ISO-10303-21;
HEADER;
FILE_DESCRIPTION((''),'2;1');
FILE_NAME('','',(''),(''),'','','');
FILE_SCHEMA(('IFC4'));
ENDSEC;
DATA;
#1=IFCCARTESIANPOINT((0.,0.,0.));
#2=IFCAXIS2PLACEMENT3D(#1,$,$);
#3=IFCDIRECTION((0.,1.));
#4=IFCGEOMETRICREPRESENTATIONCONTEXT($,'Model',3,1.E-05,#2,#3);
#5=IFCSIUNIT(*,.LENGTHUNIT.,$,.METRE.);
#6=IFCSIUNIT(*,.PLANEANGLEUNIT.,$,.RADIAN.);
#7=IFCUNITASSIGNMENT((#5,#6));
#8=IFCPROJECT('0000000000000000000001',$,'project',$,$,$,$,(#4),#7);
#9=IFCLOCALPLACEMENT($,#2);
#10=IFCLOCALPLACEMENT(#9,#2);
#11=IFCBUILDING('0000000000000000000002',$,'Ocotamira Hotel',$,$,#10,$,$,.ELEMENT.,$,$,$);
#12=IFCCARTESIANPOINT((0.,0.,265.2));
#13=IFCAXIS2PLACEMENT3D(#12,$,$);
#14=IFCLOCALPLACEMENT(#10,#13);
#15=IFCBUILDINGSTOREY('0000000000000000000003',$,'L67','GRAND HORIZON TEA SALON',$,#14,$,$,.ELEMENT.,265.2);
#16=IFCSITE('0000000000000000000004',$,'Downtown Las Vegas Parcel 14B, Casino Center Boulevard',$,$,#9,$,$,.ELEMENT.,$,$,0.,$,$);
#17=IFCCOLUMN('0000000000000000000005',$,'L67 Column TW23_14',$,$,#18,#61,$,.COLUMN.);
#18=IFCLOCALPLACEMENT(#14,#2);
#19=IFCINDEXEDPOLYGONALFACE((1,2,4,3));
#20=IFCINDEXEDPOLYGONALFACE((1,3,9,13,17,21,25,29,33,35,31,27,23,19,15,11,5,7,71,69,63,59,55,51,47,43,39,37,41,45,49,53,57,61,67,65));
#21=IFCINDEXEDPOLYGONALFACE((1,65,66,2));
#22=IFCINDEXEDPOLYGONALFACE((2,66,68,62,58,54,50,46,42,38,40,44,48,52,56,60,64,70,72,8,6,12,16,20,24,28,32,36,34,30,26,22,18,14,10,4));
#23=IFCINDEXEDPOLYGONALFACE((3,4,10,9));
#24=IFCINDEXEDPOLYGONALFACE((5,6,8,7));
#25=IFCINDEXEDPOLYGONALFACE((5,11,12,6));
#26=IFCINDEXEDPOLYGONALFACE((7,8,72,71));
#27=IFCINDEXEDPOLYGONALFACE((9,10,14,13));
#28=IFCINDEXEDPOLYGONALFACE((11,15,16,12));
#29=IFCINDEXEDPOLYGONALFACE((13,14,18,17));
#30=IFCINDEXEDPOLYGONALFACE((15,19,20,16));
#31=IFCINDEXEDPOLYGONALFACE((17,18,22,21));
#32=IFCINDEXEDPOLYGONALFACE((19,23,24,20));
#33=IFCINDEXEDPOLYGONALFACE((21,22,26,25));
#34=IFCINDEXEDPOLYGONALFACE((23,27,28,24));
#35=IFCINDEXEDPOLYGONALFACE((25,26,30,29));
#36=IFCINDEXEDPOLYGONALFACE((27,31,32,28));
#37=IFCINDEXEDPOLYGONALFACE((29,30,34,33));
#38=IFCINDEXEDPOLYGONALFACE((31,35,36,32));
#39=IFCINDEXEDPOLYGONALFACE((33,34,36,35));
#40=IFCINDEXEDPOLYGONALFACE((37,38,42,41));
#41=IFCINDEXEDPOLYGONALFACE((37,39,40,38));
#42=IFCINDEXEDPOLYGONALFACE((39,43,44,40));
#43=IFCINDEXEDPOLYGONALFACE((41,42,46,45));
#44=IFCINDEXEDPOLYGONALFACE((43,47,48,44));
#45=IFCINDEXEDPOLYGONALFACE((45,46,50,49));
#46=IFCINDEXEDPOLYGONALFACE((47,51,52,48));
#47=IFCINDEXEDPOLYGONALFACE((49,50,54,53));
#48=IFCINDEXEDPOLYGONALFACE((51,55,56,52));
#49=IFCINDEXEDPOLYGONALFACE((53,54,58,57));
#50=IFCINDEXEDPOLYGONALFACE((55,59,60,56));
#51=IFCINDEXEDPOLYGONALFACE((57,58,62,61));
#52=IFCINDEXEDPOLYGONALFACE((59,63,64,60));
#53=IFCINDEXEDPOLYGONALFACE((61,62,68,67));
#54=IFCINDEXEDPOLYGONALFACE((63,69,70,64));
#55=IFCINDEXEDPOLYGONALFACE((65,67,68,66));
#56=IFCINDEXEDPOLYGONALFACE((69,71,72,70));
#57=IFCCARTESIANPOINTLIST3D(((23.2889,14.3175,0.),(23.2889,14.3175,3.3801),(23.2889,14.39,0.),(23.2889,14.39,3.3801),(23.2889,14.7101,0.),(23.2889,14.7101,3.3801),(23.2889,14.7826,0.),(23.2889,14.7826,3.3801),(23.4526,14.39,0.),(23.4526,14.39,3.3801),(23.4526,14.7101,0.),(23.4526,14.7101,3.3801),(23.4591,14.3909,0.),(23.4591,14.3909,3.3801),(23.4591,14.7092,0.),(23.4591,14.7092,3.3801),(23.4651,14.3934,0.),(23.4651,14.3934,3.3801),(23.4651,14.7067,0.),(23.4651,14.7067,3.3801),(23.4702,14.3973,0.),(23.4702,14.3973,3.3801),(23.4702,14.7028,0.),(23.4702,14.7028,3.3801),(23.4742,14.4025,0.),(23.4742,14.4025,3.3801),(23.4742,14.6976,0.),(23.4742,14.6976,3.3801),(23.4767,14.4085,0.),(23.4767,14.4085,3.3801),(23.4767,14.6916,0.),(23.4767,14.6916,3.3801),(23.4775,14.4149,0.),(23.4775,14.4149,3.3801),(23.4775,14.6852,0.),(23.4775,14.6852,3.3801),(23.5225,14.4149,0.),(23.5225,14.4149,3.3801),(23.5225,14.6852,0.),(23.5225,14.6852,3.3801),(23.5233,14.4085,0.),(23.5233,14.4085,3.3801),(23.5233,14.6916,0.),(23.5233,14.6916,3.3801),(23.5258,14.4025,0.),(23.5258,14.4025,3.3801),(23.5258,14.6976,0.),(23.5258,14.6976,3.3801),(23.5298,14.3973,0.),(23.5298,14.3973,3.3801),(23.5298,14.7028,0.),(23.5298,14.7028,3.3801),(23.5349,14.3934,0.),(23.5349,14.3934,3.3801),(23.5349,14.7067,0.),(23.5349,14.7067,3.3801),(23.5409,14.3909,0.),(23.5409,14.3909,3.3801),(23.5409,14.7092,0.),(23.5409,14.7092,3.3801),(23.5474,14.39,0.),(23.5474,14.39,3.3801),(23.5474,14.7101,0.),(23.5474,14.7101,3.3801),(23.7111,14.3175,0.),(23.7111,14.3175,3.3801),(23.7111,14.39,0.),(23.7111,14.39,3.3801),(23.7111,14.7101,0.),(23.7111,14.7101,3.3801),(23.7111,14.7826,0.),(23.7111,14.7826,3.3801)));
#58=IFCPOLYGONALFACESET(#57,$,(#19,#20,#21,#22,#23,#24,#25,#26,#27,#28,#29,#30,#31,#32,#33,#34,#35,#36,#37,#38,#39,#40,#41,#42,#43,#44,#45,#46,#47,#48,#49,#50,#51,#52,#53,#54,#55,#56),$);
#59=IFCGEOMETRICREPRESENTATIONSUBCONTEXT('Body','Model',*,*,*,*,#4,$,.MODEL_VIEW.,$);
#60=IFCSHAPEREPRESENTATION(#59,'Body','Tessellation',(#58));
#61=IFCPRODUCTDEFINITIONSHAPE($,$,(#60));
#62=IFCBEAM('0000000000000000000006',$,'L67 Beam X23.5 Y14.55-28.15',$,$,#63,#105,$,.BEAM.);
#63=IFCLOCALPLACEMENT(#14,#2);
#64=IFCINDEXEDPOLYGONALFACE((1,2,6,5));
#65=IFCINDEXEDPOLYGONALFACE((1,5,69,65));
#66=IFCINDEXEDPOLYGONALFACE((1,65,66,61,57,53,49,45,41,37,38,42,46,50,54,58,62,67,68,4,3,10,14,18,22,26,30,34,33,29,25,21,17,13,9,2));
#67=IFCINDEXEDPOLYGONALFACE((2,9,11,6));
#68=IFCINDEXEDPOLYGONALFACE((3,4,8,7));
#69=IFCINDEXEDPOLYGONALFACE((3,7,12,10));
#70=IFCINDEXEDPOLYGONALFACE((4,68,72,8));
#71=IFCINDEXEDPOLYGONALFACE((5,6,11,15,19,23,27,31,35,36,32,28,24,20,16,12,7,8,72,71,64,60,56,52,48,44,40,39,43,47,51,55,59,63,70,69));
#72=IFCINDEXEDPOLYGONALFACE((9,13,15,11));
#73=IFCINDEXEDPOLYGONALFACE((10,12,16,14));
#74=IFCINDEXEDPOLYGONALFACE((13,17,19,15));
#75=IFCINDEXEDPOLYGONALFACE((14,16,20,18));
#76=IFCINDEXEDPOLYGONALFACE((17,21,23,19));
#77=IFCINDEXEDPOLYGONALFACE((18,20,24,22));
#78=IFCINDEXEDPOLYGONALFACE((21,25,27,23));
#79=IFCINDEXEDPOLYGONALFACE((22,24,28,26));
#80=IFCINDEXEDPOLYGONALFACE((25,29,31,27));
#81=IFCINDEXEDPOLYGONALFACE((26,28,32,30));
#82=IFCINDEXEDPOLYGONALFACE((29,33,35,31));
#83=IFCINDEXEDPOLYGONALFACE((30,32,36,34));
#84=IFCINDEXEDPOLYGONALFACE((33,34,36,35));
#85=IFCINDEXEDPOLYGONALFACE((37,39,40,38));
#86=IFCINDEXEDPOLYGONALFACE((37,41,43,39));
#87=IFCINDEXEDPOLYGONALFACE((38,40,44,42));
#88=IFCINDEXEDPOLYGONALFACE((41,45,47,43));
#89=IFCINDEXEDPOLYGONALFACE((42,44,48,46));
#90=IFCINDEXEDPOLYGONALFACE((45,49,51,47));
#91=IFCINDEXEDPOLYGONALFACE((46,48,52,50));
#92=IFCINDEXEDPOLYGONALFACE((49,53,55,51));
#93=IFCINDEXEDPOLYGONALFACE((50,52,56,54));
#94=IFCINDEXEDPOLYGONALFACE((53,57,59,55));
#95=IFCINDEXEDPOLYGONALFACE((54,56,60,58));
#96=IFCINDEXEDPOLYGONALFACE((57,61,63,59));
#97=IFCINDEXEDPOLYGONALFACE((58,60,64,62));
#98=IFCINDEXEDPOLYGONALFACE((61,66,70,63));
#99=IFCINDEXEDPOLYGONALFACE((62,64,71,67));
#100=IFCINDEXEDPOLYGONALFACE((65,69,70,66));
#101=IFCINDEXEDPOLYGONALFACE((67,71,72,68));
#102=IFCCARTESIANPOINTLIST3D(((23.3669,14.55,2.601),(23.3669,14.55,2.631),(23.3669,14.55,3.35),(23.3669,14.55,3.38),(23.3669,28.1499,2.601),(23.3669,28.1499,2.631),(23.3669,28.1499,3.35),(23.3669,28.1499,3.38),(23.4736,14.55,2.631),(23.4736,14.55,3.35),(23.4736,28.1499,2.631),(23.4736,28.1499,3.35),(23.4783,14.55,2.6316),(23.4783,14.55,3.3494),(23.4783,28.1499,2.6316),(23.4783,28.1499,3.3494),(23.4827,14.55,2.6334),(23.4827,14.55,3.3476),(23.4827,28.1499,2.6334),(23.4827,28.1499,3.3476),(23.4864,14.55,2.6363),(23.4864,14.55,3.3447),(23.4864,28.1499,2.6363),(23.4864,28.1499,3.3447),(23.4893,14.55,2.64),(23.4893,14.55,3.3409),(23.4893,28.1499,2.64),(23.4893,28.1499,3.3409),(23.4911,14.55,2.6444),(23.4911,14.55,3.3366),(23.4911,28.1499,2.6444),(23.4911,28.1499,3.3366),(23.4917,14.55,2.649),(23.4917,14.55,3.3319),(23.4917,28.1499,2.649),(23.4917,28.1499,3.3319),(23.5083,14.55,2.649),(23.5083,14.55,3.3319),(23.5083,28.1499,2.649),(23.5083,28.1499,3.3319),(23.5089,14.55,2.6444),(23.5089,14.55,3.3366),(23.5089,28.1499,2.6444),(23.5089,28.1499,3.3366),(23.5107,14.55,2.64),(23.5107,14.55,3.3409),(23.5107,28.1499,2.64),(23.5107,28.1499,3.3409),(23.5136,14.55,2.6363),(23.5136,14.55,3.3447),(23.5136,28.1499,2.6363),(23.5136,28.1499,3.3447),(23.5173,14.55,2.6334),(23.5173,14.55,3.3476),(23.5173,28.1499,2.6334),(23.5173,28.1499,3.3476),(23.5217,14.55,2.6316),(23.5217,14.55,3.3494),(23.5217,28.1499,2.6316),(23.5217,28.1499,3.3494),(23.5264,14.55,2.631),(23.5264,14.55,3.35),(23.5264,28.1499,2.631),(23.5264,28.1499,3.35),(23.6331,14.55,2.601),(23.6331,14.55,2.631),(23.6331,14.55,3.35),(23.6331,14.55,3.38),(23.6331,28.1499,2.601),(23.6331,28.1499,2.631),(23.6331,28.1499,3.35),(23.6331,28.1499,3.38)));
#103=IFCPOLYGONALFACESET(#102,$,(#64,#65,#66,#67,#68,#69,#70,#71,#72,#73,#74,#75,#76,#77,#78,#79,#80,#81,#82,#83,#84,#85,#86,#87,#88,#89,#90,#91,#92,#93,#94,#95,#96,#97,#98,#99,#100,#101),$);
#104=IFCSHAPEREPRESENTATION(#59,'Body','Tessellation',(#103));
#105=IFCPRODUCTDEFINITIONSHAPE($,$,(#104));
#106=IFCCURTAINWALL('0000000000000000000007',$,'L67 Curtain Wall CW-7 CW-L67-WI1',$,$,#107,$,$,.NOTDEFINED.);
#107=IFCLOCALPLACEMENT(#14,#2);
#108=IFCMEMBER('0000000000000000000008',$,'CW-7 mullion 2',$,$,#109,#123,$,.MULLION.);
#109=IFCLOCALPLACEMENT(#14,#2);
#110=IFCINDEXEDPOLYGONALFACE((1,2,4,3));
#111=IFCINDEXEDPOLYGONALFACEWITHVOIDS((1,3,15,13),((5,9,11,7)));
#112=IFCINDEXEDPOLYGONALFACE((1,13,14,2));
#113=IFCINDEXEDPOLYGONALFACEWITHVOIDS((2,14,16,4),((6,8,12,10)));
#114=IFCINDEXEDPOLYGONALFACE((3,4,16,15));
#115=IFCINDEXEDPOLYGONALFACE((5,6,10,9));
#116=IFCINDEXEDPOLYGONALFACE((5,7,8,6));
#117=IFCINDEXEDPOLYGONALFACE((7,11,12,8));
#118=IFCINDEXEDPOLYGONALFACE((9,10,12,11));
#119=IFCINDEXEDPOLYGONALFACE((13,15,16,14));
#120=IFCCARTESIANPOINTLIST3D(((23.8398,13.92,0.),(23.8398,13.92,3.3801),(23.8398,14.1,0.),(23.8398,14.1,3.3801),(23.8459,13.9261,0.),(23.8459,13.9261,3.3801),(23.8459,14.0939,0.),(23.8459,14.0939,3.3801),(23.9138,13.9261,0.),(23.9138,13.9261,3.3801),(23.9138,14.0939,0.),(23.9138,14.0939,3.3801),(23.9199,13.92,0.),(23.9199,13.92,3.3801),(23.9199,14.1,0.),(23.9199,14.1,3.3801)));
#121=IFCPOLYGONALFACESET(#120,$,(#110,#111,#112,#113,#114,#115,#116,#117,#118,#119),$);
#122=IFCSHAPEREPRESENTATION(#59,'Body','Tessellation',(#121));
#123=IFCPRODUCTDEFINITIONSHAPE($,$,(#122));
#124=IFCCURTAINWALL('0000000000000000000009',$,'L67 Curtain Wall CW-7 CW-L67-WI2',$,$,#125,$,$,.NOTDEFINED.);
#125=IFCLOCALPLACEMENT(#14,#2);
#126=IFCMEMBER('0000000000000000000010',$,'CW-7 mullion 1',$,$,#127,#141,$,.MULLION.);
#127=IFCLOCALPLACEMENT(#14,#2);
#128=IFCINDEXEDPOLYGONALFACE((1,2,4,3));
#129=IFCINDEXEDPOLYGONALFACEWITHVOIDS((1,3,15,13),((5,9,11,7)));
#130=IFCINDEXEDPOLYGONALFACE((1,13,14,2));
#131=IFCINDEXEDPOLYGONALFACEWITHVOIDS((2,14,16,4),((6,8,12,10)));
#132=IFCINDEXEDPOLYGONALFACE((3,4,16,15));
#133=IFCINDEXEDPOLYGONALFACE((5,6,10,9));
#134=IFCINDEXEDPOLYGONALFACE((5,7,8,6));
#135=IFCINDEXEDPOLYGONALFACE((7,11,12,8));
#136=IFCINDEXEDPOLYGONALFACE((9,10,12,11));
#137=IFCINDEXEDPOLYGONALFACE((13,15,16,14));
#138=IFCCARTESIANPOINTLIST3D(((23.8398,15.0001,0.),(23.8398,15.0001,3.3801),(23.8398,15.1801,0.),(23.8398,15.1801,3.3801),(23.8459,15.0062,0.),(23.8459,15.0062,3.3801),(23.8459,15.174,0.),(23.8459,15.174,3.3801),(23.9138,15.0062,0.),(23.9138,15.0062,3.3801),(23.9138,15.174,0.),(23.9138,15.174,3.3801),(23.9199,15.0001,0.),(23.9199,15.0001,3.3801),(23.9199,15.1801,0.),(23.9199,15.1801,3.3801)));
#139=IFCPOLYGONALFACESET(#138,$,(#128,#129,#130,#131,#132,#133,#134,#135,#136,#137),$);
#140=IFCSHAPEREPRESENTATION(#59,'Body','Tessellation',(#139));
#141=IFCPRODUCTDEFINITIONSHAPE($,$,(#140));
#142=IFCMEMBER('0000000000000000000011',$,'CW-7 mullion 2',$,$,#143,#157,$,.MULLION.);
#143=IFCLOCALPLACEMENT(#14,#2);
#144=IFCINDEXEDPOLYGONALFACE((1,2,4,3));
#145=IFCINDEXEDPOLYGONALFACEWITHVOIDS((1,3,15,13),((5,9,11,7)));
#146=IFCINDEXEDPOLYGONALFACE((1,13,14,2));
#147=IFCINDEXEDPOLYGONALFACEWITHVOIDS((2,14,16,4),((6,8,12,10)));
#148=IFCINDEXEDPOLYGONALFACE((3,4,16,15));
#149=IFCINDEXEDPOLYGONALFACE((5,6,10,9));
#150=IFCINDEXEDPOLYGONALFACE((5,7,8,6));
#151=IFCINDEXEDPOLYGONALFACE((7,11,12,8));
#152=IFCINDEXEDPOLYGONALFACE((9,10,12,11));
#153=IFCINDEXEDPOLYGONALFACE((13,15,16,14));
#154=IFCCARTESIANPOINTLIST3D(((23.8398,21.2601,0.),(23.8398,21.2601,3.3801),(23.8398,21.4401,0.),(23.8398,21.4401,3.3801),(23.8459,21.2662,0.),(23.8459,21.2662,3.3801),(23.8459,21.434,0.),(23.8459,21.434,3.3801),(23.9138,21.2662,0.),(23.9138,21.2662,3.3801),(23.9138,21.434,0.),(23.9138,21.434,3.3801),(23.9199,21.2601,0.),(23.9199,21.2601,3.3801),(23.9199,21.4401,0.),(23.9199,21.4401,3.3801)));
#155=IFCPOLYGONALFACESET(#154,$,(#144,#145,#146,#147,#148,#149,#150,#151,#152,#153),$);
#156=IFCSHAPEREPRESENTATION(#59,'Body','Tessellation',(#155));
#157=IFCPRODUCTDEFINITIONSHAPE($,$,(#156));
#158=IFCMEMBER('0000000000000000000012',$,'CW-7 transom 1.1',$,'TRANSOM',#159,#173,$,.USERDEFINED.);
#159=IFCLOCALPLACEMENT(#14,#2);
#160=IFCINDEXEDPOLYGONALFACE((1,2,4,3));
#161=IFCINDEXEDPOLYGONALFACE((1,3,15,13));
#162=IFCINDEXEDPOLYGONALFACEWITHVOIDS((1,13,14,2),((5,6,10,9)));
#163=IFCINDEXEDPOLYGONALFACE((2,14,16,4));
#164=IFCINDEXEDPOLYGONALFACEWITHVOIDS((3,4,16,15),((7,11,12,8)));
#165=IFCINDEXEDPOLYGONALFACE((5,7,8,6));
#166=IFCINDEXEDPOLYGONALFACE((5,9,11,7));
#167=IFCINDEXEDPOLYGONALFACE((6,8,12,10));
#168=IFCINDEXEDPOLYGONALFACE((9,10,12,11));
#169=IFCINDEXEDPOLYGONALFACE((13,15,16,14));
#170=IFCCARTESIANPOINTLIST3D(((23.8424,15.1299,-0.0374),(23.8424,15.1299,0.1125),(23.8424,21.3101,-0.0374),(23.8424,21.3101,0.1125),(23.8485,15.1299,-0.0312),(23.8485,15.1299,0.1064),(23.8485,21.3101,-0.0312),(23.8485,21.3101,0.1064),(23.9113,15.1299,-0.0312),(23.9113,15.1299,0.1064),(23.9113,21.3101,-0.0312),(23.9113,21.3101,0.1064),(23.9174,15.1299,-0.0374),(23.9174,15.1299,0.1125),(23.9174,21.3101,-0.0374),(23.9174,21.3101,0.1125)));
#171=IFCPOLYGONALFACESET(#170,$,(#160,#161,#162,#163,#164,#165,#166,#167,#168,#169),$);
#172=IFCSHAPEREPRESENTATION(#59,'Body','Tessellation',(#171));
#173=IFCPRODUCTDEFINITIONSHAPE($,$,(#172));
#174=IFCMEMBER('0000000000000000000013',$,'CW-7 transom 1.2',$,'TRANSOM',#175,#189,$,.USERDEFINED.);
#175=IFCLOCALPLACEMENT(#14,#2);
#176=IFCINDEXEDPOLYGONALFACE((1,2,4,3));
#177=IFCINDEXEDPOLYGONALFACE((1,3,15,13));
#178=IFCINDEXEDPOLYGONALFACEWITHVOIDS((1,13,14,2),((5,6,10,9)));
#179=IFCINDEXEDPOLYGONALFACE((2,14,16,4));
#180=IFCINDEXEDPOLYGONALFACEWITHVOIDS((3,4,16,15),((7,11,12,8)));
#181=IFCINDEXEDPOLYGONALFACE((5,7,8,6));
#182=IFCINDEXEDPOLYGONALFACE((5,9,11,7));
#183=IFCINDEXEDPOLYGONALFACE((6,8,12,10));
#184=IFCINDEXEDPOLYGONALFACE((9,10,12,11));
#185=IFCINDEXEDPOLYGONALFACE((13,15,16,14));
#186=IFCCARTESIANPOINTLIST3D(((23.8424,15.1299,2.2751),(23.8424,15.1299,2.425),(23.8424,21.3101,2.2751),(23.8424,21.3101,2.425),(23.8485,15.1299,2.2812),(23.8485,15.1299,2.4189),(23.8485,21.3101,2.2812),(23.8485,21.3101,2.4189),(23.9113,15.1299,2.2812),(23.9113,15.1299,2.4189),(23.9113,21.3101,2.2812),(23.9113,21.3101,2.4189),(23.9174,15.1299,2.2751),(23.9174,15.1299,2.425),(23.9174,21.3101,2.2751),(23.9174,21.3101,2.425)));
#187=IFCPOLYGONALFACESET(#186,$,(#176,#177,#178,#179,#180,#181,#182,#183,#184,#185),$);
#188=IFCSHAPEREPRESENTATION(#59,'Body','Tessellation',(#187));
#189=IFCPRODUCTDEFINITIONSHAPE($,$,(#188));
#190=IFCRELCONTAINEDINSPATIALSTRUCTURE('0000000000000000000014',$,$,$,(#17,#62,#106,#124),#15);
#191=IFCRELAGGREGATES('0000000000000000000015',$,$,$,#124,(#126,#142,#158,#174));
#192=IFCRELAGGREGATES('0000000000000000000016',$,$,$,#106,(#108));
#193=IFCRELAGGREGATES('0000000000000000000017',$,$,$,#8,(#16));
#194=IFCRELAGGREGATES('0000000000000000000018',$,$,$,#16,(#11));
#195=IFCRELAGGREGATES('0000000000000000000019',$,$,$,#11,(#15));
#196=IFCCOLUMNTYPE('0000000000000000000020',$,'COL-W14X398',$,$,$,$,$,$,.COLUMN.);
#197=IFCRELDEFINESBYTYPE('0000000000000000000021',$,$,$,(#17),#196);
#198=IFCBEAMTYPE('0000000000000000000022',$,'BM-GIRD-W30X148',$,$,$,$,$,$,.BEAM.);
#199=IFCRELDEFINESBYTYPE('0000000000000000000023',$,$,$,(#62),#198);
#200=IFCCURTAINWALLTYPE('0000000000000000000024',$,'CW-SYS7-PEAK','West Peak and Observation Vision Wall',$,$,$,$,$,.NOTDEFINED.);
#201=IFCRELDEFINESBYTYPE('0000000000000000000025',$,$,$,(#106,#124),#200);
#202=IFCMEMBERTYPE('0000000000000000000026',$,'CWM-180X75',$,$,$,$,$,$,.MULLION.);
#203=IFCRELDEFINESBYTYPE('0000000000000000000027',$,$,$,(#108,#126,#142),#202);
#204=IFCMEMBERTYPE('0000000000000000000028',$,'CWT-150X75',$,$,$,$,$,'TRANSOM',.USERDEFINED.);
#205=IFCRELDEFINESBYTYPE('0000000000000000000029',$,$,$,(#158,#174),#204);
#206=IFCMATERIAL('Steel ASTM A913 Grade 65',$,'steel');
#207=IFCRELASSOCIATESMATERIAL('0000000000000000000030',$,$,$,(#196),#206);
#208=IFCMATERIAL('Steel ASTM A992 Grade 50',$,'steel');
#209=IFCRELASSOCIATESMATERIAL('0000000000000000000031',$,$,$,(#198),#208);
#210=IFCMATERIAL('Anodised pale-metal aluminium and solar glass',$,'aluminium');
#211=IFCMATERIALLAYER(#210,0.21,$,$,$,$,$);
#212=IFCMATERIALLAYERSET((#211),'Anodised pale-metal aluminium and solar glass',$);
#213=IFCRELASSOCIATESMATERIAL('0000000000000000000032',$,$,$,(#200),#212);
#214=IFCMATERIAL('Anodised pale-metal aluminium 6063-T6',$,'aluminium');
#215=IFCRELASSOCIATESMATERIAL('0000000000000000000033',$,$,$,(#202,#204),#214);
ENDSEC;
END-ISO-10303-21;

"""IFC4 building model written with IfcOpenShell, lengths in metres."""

from ifc_helpers import new_model, si_unit, direction, frame, origin, origin_2d, place, context, subcontext, project, spatial, hollow_rectangle, i_section, extrude, source, transform, mapped, material, layer, layer_set, material_profile, profile_set, type_object, element, aggregate, save


model = new_model("IFC4")

# Units and contexts
model_context = context("Model", 3, precision=1e-05, world=origin(), true_north=direction((0.0, 1.0)))
body_context = subcontext(model_context, "Body", "Model", "MODEL_VIEW")
ifc_project = project(units=[si_unit("LENGTHUNIT", "METRE"), si_unit("PLANEANGLEUNIT", "RADIAN")], contexts=[model_context])

# Site, building, storey
site_placement = place(None, origin())
site = spatial("IfcSite", under=ifc_project, at=site_placement, Name="Downtown Las Vegas Parcel 14B, Casino Center Boulevard", CompositionType="ELEMENT", RefElevation=0.0)
building_placement = place(site_placement, origin())
building = spatial("IfcBuilding", under=site, at=building_placement, Name="Ocotamira Hotel", CompositionType="ELEMENT")
storey_placement = place(building_placement, frame((0.0, 0.0, 265.2)))
storey = spatial("IfcBuildingStorey", under=building, at=storey_placement, Name="L67", Description="GRAND HORIZON TEA SALON", CompositionType="ELEMENT", Elevation=265.2)

# Column
ifc_material_1 = material(Name="Steel ASTM A913 Grade 65", Category="steel")
ifc_material_profile_1 = material_profile(ifc_material_1, i_section(OverallWidth=0.4221, OverallDepth=0.4651, WebThickness=0.0449, FlangeThickness=0.0725, FilletRadius=0.0249, at=origin_2d()), Name="W14X398")
ifc_profile_set_1 = profile_set([ifc_material_profile_1], Name="Steel ASTM A913 Grade 65")
column_type = type_object("IfcColumnType", Name="COL-W14X398", PredefinedType="COLUMN", material=ifc_profile_set_1)
shared_shape_1 = source(origin(), body_context, "Body", "SweptSolid", [
    extrude(i_section(OverallWidth=0.4221, OverallDepth=0.4651, WebThickness=0.0449, FlangeThickness=0.0725, FilletRadius=0.0249, at=origin_2d()), origin(), (0.0, 0.0, 1.0), 3.3801),
])
column_placement = place(storey_placement, frame((23.5, 14.55, 0.0), z_axis=(0.0, 0.0, 1.0), x_axis=(1.0, 0.0, 0.0)))
element("IfcColumn", 1, at=column_placement, inside=storey, type_object=column_type, Name="L67 Column TW23_14", PredefinedType="COLUMN", context=body_context, shape_type="MappedRepresentation", body=[
    mapped(shared_shape_1, transform((0.0, 0.0, 0.0), scale=1.0)),
])

# Beam
ifc_material_2 = material(Name="Steel ASTM A992 Grade 50", Category="steel")
ifc_material_profile_2 = material_profile(ifc_material_2, i_section(OverallWidth=0.2661, OverallDepth=0.7791, WebThickness=0.0166, FlangeThickness=0.03, FilletRadius=0.0181, at=origin_2d()), Name="W30X148")
ifc_profile_set_2 = profile_set([ifc_material_profile_2], Name="Steel ASTM A992 Grade 50")
beam_type = type_object("IfcBeamType", Name="BM-GIRD-W30X148", PredefinedType="BEAM", material=ifc_profile_set_2)
shared_shape_2 = source(origin(), body_context, "Body", "SweptSolid", [
    extrude(i_section(OverallWidth=0.2661, OverallDepth=0.7791, WebThickness=0.0166, FlangeThickness=0.03, FilletRadius=0.0181, at=origin_2d()), origin(), (0.0, 0.0, 1.0), 13.5999),
])
beam_placement = place(storey_placement, frame((23.5, 14.55, 2.9905), z_axis=(0.0, 1.0, 0.0), x_axis=(-1.0, 0.0, 0.0)))
element("IfcBeam", 2, at=beam_placement, inside=storey, type_object=beam_type, Name="L67 Beam X23.5 Y14.55-28.15", PredefinedType="BEAM", context=body_context, shape_type="MappedRepresentation", body=[
    mapped(shared_shape_2, transform((0.0, 0.0, 0.0), scale=1.0)),
])

# Curtain wall, member
ifc_material_3 = material(Name="Anodised pale-metal aluminium and solar glass", Category="aluminium")
ifc_layer_1 = layer(ifc_material_3, 0.21)
ifc_layer_set_1 = layer_set([ifc_layer_1], Name="Anodised pale-metal aluminium and solar glass")
curtain_wall_type = type_object("IfcCurtainWallType", Name="CW-SYS7-PEAK", Description="West Peak and Observation Vision Wall", PredefinedType="NOTDEFINED", material=ifc_layer_set_1)
curtain_wall_1_placement = place(storey_placement, origin())
curtain_wall_1 = element("IfcCurtainWall", 3, at=curtain_wall_1_placement, inside=storey, type_object=curtain_wall_type, Name="L67 Curtain Wall CW-7 CW-L67-WI1", PredefinedType="NOTDEFINED")
ifc_material_4 = material(Name="Anodised pale-metal aluminium 6063-T6", Category="aluminium")
ifc_material_profile_3 = material_profile(ifc_material_4, hollow_rectangle(XDim=0.0801, YDim=0.1799, WallThickness=0.0061, at=origin_2d()), Name="HSS180X80X6")
ifc_profile_set_3 = profile_set([ifc_material_profile_3], Name="Anodised pale-metal aluminium 6063-T6")
member_type_1 = type_object("IfcMemberType", Name="CWM-180X75", PredefinedType="MULLION", material=ifc_profile_set_3)
shared_shape_3 = source(origin(), body_context, "Body", "SweptSolid", [
    extrude(hollow_rectangle(XDim=0.0801, YDim=0.1799, WallThickness=0.0061, at=origin_2d()), origin(), (0.0, 0.0, 1.0), 3.3801),
])
member_1_placement = place(storey_placement, frame((23.8799, 14.01, 0.0), z_axis=(0.0, 0.0, 1.0), x_axis=(-1.0, 0.0, 0.0)))
member_1 = element("IfcMember", 4, at=member_1_placement, type_object=member_type_1, Name="CW-7 mullion 2", PredefinedType="MULLION", context=body_context, shape_type="MappedRepresentation", body=[
    mapped(shared_shape_3, transform((0.0, 0.0, 0.0), scale=1.0)),
])

# Curtain wall, members
curtain_wall_2_placement = place(storey_placement, origin())
curtain_wall_2 = element("IfcCurtainWall", 5, at=curtain_wall_2_placement, inside=storey, type_object=curtain_wall_type, Name="L67 Curtain Wall CW-7 CW-L67-WI2", PredefinedType="NOTDEFINED")
member_2_placement = place(storey_placement, frame((23.8799, 15.0901, 0.0), z_axis=(0.0, 0.0, 1.0), x_axis=(-1.0, 0.0, 0.0)))
member_2 = element("IfcMember", 6, at=member_2_placement, type_object=member_type_1, Name="CW-7 mullion 1", PredefinedType="MULLION", context=body_context, shape_type="MappedRepresentation", body=[
    mapped(shared_shape_3, transform((0.0, 0.0, 0.0), scale=1.0)),
])
member_3_placement = place(storey_placement, frame((23.8799, 21.3501, 0.0), z_axis=(0.0, 0.0, 1.0), x_axis=(-1.0, 0.0, 0.0)))
member_3 = element("IfcMember", 7, at=member_3_placement, type_object=member_type_1, Name="CW-7 mullion 2", PredefinedType="MULLION", context=body_context, shape_type="MappedRepresentation", body=[
    mapped(shared_shape_3, transform((0.0, 0.0, 0.0), scale=1.0)),
])
ifc_material_profile_4 = material_profile(ifc_material_4, hollow_rectangle(XDim=0.075, YDim=0.1499, WallThickness=0.0061, at=origin_2d()), Name="HSS150X75X6")
ifc_profile_set_4 = profile_set([ifc_material_profile_4], Name="Anodised pale-metal aluminium 6063-T6")
member_type_2 = type_object("IfcMemberType", Name="CWT-150X75", ElementType="TRANSOM", PredefinedType="USERDEFINED", material=ifc_profile_set_4)
shared_shape_4 = source(origin(), body_context, "Body", "SweptSolid", [
    extrude(hollow_rectangle(XDim=0.075, YDim=0.1499, WallThickness=0.0061, at=origin_2d()), origin(), (0.0, 0.0, 1.0), 6.1802),
])
member_4_placement = place(storey_placement, frame((23.8799, 15.1299, 0.0376), z_axis=(0.0, 1.0, 0.0), x_axis=(-1.0, 0.0, 0.0)))
member_4 = element("IfcMember", 8, at=member_4_placement, type_object=member_type_2, Name="CW-7 transom 1.1", ObjectType="TRANSOM", PredefinedType="USERDEFINED", context=body_context, shape_type="MappedRepresentation", body=[
    mapped(shared_shape_4, transform((0.0, 0.0, 0.0), scale=1.0)),
])
member_5_placement = place(storey_placement, frame((23.8799, 15.1299, 2.3501), z_axis=(0.0, 1.0, 0.0), x_axis=(-1.0, 0.0, 0.0)))
member_5 = element("IfcMember", 9, at=member_5_placement, type_object=member_type_2, Name="CW-7 transom 1.2", ObjectType="TRANSOM", PredefinedType="USERDEFINED", context=body_context, shape_type="MappedRepresentation", body=[
    mapped(shared_shape_4, transform((0.0, 0.0, 0.0), scale=1.0)),
])
aggregate(curtain_wall_2, [member_2, member_3, member_4, member_5])

aggregate(curtain_wall_1, [member_1])

save(model, "model.ifc")
